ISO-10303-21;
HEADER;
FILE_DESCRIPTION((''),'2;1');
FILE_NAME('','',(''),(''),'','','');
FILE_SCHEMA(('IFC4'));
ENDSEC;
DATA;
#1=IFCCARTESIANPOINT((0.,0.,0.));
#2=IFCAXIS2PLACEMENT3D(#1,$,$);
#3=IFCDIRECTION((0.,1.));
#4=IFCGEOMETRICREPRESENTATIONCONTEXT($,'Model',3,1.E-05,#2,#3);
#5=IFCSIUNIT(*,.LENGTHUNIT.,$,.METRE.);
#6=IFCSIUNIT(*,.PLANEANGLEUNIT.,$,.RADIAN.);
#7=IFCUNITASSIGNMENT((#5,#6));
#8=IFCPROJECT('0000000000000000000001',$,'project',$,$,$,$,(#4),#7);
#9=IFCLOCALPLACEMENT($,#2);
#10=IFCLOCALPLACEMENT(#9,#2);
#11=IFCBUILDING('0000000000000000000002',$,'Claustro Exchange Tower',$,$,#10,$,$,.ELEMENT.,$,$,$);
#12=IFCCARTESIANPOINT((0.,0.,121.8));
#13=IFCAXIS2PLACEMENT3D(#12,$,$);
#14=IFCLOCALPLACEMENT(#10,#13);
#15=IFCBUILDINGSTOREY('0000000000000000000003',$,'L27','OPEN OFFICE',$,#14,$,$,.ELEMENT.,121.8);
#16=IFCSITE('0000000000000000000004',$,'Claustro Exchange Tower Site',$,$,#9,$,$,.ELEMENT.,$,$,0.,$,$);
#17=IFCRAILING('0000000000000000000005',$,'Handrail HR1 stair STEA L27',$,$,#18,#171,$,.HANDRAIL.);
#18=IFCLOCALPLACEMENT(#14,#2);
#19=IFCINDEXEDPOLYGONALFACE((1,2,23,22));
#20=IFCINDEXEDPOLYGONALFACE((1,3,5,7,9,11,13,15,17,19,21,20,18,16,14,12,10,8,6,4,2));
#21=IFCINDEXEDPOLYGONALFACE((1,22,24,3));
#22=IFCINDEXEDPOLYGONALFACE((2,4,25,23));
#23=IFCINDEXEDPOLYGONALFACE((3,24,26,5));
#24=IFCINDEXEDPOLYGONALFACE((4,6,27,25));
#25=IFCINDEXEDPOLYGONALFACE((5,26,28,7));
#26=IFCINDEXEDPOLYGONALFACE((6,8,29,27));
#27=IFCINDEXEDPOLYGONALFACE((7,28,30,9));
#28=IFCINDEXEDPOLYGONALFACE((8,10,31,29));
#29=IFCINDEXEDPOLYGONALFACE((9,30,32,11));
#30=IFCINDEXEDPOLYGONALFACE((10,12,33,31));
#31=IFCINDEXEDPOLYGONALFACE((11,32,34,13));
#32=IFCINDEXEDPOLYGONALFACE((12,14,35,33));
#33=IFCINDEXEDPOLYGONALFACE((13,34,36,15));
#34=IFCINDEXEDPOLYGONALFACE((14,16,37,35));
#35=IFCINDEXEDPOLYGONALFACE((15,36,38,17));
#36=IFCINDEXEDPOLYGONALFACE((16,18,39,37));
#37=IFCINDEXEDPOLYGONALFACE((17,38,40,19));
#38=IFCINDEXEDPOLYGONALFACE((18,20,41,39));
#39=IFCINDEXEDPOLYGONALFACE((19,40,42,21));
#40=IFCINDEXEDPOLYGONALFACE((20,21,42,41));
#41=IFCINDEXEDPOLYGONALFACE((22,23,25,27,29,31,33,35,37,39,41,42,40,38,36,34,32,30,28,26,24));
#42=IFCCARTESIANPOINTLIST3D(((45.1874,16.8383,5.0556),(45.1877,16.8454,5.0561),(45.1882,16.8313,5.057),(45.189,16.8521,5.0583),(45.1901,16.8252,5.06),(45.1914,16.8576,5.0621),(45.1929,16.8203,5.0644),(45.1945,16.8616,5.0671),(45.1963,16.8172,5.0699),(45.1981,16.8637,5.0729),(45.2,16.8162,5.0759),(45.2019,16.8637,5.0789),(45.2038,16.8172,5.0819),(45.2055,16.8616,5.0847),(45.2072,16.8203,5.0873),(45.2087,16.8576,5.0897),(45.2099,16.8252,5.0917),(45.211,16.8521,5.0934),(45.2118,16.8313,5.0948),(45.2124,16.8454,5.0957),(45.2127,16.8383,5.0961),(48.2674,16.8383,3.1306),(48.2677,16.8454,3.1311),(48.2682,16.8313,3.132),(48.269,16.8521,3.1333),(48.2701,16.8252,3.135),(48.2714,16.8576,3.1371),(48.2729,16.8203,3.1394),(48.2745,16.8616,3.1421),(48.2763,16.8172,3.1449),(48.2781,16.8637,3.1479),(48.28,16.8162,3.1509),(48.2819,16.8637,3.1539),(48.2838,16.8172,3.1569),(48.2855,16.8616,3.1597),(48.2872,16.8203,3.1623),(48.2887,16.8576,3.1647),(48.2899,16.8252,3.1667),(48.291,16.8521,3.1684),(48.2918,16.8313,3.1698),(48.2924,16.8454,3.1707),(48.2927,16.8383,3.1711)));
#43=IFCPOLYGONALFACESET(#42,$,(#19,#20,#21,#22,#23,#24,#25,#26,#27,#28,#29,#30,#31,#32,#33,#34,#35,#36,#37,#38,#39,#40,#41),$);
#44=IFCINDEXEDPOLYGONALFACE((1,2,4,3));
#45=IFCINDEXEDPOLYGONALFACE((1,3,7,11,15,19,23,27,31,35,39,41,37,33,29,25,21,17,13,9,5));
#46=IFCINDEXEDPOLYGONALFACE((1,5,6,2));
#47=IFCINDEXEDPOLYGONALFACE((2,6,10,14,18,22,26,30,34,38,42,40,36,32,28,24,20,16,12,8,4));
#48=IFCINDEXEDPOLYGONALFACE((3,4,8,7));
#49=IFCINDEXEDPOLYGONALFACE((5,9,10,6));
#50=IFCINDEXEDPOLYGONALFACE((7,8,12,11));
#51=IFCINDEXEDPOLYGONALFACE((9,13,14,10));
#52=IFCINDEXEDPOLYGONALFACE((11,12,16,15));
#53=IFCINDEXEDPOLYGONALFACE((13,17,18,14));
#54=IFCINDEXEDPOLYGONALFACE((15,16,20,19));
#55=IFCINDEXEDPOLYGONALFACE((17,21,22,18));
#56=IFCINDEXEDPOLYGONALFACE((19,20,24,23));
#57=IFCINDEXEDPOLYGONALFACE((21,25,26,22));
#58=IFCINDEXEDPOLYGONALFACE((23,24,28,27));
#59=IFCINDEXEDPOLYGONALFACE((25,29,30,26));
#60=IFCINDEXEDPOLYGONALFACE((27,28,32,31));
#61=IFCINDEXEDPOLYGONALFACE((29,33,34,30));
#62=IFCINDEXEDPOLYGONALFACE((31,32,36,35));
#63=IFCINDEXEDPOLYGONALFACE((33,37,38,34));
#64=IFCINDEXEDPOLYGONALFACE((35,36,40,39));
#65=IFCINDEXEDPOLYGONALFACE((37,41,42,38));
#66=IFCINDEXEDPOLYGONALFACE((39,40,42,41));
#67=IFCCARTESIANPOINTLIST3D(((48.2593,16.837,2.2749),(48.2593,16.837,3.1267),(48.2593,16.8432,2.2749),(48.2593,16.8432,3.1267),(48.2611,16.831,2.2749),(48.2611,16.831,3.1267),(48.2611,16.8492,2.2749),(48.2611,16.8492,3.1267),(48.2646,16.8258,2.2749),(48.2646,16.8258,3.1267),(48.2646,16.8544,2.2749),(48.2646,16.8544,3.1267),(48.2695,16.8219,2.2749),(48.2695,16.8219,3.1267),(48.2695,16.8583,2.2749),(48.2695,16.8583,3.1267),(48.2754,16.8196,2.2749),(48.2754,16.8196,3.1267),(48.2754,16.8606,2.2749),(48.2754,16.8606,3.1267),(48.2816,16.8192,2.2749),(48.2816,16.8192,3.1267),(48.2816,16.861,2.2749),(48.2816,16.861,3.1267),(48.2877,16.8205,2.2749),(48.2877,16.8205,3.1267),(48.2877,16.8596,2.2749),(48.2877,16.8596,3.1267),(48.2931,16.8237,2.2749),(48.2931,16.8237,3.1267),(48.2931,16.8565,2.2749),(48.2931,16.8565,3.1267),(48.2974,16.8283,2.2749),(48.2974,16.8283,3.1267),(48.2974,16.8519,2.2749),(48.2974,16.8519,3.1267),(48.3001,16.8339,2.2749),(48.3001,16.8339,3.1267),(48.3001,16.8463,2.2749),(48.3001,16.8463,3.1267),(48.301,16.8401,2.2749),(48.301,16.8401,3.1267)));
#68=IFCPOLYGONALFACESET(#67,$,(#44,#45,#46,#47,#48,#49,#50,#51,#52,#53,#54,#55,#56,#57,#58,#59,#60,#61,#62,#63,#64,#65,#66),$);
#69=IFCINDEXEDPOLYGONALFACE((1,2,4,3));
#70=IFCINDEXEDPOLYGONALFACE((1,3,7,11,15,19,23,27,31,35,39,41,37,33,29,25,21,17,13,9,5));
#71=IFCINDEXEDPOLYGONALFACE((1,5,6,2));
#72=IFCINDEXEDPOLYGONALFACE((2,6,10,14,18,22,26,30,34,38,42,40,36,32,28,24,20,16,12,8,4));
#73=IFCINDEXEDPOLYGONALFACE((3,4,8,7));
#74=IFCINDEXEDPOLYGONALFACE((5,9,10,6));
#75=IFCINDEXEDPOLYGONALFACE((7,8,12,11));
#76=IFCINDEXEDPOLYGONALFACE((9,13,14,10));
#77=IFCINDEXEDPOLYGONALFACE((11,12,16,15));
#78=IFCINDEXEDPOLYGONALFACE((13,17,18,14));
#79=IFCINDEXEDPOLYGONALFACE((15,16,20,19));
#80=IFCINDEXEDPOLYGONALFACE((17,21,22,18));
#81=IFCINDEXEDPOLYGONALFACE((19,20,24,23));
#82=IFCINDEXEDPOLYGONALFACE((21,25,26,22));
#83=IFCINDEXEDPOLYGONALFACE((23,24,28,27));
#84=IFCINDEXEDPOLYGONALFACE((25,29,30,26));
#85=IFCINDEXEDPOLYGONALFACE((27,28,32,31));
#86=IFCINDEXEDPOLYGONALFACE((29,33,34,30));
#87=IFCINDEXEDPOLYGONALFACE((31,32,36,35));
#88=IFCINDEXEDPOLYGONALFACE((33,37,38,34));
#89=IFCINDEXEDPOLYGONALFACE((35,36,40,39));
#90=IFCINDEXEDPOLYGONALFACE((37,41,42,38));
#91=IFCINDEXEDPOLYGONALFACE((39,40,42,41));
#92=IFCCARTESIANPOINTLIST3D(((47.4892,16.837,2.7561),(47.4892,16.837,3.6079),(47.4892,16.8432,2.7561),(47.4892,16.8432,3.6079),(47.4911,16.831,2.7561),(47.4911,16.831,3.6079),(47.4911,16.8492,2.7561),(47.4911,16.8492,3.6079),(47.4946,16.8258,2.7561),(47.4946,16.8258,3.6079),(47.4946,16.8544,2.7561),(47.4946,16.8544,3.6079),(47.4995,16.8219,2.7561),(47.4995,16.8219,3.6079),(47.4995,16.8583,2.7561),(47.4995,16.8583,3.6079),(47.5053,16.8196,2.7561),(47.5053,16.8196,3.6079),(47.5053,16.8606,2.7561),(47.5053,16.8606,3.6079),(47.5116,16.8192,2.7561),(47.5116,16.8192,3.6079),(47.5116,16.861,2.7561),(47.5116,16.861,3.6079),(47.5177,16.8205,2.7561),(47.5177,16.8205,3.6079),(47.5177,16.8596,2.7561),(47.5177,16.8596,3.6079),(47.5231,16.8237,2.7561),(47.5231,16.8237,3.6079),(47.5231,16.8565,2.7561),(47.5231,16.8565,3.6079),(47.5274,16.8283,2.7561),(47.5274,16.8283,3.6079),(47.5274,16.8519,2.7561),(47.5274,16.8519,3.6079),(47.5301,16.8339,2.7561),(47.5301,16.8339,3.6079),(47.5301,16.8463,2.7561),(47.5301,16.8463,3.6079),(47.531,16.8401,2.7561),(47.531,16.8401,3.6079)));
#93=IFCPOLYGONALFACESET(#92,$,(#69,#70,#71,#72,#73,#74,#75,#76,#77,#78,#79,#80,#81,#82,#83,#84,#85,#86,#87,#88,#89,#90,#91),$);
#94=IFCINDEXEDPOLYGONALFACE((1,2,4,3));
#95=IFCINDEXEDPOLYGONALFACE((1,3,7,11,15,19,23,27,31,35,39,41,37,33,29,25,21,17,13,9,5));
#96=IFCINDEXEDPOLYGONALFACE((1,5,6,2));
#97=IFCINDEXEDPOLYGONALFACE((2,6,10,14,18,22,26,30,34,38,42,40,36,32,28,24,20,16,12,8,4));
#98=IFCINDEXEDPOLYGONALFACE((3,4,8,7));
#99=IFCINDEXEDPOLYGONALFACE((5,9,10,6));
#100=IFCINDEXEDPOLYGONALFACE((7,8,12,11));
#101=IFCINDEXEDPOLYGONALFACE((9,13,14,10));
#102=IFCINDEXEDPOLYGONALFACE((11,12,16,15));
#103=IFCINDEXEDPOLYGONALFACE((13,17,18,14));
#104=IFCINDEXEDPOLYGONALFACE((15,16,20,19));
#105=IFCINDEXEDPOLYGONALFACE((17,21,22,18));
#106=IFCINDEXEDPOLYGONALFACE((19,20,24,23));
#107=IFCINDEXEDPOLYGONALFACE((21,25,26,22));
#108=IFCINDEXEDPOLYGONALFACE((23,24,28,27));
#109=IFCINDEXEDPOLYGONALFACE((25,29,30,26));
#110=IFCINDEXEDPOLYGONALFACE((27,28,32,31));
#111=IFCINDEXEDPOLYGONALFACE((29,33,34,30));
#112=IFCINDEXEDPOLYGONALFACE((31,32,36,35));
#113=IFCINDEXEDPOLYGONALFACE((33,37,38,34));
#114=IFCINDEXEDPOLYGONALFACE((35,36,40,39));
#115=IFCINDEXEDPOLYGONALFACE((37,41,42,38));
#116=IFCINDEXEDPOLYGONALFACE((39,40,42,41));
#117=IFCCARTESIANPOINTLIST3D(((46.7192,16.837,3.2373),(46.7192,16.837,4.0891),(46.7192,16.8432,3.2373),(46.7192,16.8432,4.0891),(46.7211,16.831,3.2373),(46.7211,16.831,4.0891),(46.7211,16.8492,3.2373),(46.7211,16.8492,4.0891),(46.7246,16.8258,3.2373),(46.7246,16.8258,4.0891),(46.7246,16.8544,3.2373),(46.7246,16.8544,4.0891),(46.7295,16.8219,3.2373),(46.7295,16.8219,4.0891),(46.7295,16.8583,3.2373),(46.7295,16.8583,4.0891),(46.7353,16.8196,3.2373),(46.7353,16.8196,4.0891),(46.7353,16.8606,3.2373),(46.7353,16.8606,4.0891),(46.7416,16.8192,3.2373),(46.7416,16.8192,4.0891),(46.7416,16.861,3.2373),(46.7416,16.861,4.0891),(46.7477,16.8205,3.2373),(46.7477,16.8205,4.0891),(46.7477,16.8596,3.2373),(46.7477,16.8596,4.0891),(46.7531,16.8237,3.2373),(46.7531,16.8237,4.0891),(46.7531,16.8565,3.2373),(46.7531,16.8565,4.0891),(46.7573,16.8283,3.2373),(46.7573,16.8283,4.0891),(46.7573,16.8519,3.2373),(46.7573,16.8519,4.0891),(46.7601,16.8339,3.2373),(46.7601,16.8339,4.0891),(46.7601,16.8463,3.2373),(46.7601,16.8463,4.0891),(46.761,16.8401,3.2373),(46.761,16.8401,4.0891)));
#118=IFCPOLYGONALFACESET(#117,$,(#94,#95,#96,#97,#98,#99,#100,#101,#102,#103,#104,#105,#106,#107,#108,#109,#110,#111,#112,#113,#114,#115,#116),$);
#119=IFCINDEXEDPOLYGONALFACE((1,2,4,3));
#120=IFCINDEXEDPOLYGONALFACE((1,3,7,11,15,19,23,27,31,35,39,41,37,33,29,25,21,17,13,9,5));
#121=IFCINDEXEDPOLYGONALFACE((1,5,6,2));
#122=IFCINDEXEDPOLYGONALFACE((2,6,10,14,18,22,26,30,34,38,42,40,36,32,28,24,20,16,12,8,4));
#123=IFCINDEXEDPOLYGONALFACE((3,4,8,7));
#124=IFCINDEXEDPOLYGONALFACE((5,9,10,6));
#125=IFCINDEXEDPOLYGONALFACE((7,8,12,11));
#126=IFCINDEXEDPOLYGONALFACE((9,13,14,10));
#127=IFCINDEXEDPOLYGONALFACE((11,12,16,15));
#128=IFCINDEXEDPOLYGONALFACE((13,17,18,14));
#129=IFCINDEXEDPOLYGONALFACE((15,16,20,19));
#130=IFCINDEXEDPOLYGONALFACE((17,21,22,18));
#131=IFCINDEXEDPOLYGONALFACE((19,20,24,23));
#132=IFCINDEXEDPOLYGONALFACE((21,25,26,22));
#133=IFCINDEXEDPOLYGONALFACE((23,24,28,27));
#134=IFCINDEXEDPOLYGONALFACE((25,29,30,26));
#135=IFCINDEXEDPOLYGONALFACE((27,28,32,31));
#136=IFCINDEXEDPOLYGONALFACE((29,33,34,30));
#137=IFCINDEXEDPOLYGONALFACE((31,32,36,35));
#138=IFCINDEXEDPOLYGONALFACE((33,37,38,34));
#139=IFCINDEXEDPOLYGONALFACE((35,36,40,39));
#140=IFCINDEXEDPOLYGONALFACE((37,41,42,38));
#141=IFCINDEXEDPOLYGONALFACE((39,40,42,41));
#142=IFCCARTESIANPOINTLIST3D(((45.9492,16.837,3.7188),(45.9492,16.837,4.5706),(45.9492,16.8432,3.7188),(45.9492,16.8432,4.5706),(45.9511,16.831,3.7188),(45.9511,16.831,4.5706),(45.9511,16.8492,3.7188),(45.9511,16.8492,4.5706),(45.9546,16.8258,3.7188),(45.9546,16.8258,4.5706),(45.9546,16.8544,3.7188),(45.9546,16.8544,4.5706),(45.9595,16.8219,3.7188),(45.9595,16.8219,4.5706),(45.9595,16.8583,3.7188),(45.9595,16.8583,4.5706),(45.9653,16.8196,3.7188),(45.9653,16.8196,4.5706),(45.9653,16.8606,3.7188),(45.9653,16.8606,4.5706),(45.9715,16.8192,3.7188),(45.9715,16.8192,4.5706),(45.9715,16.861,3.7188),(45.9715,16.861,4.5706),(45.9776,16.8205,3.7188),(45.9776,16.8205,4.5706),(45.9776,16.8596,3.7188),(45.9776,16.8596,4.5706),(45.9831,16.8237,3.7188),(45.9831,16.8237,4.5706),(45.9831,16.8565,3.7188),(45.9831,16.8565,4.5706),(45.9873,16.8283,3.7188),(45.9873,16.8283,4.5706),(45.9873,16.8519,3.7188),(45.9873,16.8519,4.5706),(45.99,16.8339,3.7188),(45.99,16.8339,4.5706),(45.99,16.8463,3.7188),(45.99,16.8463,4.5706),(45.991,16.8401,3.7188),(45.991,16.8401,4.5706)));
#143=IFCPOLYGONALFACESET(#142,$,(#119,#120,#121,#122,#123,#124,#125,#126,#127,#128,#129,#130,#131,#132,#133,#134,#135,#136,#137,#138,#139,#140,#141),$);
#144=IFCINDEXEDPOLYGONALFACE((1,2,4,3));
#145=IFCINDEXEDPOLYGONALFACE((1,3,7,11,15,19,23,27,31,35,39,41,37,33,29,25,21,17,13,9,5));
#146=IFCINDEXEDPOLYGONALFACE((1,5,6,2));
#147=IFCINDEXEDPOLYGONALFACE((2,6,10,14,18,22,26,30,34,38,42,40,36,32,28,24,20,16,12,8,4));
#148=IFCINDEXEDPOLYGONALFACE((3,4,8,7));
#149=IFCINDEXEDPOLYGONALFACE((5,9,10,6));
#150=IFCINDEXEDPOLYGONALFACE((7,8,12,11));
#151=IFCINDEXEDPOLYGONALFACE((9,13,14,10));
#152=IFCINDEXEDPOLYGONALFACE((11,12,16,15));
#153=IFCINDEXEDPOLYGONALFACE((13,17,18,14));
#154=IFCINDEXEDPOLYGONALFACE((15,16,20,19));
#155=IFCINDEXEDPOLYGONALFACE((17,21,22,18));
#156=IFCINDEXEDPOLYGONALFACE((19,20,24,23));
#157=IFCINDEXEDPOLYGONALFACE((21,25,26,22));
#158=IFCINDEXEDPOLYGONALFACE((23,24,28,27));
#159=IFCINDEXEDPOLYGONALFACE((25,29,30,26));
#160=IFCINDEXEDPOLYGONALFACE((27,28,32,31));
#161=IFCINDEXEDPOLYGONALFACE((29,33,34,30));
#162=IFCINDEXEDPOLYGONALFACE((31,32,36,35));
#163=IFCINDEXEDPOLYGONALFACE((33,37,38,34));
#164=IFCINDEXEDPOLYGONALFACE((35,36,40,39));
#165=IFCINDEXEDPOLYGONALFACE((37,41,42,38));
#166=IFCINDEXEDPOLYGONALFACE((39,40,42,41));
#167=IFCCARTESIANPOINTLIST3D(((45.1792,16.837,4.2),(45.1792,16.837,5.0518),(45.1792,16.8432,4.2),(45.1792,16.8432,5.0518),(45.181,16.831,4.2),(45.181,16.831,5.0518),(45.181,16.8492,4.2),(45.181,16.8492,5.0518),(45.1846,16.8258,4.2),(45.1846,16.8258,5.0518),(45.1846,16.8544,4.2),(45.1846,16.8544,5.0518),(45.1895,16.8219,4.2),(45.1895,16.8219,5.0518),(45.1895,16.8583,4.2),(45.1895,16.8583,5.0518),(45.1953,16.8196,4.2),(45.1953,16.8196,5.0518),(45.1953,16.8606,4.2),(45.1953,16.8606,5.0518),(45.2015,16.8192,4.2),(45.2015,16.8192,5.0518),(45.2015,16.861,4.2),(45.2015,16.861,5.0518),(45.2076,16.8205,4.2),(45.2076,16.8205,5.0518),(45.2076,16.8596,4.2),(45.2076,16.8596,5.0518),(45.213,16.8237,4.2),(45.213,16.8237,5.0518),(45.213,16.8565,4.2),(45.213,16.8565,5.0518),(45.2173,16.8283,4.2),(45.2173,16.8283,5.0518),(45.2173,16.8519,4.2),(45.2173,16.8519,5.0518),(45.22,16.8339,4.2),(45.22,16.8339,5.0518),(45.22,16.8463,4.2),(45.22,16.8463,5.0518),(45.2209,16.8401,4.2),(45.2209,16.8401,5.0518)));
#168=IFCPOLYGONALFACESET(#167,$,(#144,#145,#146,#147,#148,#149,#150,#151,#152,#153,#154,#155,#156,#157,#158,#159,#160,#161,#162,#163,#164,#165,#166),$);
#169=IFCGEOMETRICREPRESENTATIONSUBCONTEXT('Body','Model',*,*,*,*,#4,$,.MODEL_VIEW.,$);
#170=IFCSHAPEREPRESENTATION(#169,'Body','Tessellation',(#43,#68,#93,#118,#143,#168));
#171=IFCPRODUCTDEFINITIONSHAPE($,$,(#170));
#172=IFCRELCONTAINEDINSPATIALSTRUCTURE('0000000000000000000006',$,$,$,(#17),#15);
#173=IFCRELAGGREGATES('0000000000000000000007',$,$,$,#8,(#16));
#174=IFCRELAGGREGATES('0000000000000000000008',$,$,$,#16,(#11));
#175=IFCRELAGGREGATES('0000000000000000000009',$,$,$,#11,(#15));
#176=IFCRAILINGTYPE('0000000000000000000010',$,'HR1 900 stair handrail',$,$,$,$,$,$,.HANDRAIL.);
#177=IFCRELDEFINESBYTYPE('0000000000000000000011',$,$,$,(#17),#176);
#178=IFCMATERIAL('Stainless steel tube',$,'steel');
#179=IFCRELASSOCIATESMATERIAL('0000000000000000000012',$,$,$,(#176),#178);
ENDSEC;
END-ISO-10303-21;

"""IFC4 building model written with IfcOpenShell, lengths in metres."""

from ifc_helpers import new_model, si_unit, direction, frame, origin, origin_2d, place, context, subcontext, project, spatial, circle, extrude, material, type_object, element, save


model = new_model("IFC4")

# Units and contexts
model_context = context("Model", 3, precision=1e-05, world=origin(), true_north=direction((0.0, 1.0)))
body_context = subcontext(model_context, "Body", "Model", "MODEL_VIEW")
ifc_project = project(units=[si_unit("LENGTHUNIT", "METRE"), si_unit("PLANEANGLEUNIT", "RADIAN")], contexts=[model_context])

# Site, building, storey
site_placement = place(None, origin())
site = spatial("IfcSite", under=ifc_project, at=site_placement, Name="Claustro Exchange Tower Site", CompositionType="ELEMENT", RefElevation=0.0)
building_placement = place(site_placement, origin())
building = spatial("IfcBuilding", under=site, at=building_placement, Name="Claustro Exchange Tower", CompositionType="ELEMENT")
storey_placement = place(building_placement, frame((0.0, 0.0, 121.8)))
storey = spatial("IfcBuildingStorey", under=building, at=storey_placement, Name="L27", Description="OPEN OFFICE", CompositionType="ELEMENT", Elevation=121.8)

# Railing
ifc_material_1 = material(Name="Stainless steel tube", Category="steel")
railing_type_1 = type_object("IfcRailingType", Name="HR1 900 stair handrail", PredefinedType="HANDRAIL", material=ifc_material_1)
railing_1_placement = place(storey_placement, frame((48.28, 16.8401, 2.2749)))
element("IfcRailing", 1, at=railing_1_placement, inside=storey, type_object=railing_type_1, Name="Handrail HR1 stair STEA L27", PredefinedType="HANDRAIL", context=body_context, shape_type="SweptSolid", body=[
    extrude(circle(Radius=0.0239, at=origin_2d()), frame((0.0, 0.0, 0.876), z_axis=(-0.847998, 0.0, 0.529999), x_axis=(0.0, -1.0, 0.0)), (0.0, 0.0, 1.0), 3.6321),
    extrude(circle(Radius=0.021, at=origin_2d()), origin(), (0.0, 0.0, 1.0), 0.8518),
    extrude(circle(Radius=0.021, at=origin_2d()), frame((-0.77, 0.0, 0.4812)), (0.0, 0.0, 1.0), 0.8518),
    extrude(circle(Radius=0.021, at=origin_2d()), frame((-1.54, 0.0, 0.9624)), (0.0, 0.0, 1.0), 0.8518),
    extrude(circle(Radius=0.021, at=origin_2d()), frame((-2.3101, 0.0, 1.4438)), (0.0, 0.0, 1.0), 0.8518),
    extrude(circle(Radius=0.021, at=origin_2d()), frame((-3.0801, 0.0, 1.925)), (0.0, 0.0, 1.0), 0.8518),
])

save(model, "model.ifc")
